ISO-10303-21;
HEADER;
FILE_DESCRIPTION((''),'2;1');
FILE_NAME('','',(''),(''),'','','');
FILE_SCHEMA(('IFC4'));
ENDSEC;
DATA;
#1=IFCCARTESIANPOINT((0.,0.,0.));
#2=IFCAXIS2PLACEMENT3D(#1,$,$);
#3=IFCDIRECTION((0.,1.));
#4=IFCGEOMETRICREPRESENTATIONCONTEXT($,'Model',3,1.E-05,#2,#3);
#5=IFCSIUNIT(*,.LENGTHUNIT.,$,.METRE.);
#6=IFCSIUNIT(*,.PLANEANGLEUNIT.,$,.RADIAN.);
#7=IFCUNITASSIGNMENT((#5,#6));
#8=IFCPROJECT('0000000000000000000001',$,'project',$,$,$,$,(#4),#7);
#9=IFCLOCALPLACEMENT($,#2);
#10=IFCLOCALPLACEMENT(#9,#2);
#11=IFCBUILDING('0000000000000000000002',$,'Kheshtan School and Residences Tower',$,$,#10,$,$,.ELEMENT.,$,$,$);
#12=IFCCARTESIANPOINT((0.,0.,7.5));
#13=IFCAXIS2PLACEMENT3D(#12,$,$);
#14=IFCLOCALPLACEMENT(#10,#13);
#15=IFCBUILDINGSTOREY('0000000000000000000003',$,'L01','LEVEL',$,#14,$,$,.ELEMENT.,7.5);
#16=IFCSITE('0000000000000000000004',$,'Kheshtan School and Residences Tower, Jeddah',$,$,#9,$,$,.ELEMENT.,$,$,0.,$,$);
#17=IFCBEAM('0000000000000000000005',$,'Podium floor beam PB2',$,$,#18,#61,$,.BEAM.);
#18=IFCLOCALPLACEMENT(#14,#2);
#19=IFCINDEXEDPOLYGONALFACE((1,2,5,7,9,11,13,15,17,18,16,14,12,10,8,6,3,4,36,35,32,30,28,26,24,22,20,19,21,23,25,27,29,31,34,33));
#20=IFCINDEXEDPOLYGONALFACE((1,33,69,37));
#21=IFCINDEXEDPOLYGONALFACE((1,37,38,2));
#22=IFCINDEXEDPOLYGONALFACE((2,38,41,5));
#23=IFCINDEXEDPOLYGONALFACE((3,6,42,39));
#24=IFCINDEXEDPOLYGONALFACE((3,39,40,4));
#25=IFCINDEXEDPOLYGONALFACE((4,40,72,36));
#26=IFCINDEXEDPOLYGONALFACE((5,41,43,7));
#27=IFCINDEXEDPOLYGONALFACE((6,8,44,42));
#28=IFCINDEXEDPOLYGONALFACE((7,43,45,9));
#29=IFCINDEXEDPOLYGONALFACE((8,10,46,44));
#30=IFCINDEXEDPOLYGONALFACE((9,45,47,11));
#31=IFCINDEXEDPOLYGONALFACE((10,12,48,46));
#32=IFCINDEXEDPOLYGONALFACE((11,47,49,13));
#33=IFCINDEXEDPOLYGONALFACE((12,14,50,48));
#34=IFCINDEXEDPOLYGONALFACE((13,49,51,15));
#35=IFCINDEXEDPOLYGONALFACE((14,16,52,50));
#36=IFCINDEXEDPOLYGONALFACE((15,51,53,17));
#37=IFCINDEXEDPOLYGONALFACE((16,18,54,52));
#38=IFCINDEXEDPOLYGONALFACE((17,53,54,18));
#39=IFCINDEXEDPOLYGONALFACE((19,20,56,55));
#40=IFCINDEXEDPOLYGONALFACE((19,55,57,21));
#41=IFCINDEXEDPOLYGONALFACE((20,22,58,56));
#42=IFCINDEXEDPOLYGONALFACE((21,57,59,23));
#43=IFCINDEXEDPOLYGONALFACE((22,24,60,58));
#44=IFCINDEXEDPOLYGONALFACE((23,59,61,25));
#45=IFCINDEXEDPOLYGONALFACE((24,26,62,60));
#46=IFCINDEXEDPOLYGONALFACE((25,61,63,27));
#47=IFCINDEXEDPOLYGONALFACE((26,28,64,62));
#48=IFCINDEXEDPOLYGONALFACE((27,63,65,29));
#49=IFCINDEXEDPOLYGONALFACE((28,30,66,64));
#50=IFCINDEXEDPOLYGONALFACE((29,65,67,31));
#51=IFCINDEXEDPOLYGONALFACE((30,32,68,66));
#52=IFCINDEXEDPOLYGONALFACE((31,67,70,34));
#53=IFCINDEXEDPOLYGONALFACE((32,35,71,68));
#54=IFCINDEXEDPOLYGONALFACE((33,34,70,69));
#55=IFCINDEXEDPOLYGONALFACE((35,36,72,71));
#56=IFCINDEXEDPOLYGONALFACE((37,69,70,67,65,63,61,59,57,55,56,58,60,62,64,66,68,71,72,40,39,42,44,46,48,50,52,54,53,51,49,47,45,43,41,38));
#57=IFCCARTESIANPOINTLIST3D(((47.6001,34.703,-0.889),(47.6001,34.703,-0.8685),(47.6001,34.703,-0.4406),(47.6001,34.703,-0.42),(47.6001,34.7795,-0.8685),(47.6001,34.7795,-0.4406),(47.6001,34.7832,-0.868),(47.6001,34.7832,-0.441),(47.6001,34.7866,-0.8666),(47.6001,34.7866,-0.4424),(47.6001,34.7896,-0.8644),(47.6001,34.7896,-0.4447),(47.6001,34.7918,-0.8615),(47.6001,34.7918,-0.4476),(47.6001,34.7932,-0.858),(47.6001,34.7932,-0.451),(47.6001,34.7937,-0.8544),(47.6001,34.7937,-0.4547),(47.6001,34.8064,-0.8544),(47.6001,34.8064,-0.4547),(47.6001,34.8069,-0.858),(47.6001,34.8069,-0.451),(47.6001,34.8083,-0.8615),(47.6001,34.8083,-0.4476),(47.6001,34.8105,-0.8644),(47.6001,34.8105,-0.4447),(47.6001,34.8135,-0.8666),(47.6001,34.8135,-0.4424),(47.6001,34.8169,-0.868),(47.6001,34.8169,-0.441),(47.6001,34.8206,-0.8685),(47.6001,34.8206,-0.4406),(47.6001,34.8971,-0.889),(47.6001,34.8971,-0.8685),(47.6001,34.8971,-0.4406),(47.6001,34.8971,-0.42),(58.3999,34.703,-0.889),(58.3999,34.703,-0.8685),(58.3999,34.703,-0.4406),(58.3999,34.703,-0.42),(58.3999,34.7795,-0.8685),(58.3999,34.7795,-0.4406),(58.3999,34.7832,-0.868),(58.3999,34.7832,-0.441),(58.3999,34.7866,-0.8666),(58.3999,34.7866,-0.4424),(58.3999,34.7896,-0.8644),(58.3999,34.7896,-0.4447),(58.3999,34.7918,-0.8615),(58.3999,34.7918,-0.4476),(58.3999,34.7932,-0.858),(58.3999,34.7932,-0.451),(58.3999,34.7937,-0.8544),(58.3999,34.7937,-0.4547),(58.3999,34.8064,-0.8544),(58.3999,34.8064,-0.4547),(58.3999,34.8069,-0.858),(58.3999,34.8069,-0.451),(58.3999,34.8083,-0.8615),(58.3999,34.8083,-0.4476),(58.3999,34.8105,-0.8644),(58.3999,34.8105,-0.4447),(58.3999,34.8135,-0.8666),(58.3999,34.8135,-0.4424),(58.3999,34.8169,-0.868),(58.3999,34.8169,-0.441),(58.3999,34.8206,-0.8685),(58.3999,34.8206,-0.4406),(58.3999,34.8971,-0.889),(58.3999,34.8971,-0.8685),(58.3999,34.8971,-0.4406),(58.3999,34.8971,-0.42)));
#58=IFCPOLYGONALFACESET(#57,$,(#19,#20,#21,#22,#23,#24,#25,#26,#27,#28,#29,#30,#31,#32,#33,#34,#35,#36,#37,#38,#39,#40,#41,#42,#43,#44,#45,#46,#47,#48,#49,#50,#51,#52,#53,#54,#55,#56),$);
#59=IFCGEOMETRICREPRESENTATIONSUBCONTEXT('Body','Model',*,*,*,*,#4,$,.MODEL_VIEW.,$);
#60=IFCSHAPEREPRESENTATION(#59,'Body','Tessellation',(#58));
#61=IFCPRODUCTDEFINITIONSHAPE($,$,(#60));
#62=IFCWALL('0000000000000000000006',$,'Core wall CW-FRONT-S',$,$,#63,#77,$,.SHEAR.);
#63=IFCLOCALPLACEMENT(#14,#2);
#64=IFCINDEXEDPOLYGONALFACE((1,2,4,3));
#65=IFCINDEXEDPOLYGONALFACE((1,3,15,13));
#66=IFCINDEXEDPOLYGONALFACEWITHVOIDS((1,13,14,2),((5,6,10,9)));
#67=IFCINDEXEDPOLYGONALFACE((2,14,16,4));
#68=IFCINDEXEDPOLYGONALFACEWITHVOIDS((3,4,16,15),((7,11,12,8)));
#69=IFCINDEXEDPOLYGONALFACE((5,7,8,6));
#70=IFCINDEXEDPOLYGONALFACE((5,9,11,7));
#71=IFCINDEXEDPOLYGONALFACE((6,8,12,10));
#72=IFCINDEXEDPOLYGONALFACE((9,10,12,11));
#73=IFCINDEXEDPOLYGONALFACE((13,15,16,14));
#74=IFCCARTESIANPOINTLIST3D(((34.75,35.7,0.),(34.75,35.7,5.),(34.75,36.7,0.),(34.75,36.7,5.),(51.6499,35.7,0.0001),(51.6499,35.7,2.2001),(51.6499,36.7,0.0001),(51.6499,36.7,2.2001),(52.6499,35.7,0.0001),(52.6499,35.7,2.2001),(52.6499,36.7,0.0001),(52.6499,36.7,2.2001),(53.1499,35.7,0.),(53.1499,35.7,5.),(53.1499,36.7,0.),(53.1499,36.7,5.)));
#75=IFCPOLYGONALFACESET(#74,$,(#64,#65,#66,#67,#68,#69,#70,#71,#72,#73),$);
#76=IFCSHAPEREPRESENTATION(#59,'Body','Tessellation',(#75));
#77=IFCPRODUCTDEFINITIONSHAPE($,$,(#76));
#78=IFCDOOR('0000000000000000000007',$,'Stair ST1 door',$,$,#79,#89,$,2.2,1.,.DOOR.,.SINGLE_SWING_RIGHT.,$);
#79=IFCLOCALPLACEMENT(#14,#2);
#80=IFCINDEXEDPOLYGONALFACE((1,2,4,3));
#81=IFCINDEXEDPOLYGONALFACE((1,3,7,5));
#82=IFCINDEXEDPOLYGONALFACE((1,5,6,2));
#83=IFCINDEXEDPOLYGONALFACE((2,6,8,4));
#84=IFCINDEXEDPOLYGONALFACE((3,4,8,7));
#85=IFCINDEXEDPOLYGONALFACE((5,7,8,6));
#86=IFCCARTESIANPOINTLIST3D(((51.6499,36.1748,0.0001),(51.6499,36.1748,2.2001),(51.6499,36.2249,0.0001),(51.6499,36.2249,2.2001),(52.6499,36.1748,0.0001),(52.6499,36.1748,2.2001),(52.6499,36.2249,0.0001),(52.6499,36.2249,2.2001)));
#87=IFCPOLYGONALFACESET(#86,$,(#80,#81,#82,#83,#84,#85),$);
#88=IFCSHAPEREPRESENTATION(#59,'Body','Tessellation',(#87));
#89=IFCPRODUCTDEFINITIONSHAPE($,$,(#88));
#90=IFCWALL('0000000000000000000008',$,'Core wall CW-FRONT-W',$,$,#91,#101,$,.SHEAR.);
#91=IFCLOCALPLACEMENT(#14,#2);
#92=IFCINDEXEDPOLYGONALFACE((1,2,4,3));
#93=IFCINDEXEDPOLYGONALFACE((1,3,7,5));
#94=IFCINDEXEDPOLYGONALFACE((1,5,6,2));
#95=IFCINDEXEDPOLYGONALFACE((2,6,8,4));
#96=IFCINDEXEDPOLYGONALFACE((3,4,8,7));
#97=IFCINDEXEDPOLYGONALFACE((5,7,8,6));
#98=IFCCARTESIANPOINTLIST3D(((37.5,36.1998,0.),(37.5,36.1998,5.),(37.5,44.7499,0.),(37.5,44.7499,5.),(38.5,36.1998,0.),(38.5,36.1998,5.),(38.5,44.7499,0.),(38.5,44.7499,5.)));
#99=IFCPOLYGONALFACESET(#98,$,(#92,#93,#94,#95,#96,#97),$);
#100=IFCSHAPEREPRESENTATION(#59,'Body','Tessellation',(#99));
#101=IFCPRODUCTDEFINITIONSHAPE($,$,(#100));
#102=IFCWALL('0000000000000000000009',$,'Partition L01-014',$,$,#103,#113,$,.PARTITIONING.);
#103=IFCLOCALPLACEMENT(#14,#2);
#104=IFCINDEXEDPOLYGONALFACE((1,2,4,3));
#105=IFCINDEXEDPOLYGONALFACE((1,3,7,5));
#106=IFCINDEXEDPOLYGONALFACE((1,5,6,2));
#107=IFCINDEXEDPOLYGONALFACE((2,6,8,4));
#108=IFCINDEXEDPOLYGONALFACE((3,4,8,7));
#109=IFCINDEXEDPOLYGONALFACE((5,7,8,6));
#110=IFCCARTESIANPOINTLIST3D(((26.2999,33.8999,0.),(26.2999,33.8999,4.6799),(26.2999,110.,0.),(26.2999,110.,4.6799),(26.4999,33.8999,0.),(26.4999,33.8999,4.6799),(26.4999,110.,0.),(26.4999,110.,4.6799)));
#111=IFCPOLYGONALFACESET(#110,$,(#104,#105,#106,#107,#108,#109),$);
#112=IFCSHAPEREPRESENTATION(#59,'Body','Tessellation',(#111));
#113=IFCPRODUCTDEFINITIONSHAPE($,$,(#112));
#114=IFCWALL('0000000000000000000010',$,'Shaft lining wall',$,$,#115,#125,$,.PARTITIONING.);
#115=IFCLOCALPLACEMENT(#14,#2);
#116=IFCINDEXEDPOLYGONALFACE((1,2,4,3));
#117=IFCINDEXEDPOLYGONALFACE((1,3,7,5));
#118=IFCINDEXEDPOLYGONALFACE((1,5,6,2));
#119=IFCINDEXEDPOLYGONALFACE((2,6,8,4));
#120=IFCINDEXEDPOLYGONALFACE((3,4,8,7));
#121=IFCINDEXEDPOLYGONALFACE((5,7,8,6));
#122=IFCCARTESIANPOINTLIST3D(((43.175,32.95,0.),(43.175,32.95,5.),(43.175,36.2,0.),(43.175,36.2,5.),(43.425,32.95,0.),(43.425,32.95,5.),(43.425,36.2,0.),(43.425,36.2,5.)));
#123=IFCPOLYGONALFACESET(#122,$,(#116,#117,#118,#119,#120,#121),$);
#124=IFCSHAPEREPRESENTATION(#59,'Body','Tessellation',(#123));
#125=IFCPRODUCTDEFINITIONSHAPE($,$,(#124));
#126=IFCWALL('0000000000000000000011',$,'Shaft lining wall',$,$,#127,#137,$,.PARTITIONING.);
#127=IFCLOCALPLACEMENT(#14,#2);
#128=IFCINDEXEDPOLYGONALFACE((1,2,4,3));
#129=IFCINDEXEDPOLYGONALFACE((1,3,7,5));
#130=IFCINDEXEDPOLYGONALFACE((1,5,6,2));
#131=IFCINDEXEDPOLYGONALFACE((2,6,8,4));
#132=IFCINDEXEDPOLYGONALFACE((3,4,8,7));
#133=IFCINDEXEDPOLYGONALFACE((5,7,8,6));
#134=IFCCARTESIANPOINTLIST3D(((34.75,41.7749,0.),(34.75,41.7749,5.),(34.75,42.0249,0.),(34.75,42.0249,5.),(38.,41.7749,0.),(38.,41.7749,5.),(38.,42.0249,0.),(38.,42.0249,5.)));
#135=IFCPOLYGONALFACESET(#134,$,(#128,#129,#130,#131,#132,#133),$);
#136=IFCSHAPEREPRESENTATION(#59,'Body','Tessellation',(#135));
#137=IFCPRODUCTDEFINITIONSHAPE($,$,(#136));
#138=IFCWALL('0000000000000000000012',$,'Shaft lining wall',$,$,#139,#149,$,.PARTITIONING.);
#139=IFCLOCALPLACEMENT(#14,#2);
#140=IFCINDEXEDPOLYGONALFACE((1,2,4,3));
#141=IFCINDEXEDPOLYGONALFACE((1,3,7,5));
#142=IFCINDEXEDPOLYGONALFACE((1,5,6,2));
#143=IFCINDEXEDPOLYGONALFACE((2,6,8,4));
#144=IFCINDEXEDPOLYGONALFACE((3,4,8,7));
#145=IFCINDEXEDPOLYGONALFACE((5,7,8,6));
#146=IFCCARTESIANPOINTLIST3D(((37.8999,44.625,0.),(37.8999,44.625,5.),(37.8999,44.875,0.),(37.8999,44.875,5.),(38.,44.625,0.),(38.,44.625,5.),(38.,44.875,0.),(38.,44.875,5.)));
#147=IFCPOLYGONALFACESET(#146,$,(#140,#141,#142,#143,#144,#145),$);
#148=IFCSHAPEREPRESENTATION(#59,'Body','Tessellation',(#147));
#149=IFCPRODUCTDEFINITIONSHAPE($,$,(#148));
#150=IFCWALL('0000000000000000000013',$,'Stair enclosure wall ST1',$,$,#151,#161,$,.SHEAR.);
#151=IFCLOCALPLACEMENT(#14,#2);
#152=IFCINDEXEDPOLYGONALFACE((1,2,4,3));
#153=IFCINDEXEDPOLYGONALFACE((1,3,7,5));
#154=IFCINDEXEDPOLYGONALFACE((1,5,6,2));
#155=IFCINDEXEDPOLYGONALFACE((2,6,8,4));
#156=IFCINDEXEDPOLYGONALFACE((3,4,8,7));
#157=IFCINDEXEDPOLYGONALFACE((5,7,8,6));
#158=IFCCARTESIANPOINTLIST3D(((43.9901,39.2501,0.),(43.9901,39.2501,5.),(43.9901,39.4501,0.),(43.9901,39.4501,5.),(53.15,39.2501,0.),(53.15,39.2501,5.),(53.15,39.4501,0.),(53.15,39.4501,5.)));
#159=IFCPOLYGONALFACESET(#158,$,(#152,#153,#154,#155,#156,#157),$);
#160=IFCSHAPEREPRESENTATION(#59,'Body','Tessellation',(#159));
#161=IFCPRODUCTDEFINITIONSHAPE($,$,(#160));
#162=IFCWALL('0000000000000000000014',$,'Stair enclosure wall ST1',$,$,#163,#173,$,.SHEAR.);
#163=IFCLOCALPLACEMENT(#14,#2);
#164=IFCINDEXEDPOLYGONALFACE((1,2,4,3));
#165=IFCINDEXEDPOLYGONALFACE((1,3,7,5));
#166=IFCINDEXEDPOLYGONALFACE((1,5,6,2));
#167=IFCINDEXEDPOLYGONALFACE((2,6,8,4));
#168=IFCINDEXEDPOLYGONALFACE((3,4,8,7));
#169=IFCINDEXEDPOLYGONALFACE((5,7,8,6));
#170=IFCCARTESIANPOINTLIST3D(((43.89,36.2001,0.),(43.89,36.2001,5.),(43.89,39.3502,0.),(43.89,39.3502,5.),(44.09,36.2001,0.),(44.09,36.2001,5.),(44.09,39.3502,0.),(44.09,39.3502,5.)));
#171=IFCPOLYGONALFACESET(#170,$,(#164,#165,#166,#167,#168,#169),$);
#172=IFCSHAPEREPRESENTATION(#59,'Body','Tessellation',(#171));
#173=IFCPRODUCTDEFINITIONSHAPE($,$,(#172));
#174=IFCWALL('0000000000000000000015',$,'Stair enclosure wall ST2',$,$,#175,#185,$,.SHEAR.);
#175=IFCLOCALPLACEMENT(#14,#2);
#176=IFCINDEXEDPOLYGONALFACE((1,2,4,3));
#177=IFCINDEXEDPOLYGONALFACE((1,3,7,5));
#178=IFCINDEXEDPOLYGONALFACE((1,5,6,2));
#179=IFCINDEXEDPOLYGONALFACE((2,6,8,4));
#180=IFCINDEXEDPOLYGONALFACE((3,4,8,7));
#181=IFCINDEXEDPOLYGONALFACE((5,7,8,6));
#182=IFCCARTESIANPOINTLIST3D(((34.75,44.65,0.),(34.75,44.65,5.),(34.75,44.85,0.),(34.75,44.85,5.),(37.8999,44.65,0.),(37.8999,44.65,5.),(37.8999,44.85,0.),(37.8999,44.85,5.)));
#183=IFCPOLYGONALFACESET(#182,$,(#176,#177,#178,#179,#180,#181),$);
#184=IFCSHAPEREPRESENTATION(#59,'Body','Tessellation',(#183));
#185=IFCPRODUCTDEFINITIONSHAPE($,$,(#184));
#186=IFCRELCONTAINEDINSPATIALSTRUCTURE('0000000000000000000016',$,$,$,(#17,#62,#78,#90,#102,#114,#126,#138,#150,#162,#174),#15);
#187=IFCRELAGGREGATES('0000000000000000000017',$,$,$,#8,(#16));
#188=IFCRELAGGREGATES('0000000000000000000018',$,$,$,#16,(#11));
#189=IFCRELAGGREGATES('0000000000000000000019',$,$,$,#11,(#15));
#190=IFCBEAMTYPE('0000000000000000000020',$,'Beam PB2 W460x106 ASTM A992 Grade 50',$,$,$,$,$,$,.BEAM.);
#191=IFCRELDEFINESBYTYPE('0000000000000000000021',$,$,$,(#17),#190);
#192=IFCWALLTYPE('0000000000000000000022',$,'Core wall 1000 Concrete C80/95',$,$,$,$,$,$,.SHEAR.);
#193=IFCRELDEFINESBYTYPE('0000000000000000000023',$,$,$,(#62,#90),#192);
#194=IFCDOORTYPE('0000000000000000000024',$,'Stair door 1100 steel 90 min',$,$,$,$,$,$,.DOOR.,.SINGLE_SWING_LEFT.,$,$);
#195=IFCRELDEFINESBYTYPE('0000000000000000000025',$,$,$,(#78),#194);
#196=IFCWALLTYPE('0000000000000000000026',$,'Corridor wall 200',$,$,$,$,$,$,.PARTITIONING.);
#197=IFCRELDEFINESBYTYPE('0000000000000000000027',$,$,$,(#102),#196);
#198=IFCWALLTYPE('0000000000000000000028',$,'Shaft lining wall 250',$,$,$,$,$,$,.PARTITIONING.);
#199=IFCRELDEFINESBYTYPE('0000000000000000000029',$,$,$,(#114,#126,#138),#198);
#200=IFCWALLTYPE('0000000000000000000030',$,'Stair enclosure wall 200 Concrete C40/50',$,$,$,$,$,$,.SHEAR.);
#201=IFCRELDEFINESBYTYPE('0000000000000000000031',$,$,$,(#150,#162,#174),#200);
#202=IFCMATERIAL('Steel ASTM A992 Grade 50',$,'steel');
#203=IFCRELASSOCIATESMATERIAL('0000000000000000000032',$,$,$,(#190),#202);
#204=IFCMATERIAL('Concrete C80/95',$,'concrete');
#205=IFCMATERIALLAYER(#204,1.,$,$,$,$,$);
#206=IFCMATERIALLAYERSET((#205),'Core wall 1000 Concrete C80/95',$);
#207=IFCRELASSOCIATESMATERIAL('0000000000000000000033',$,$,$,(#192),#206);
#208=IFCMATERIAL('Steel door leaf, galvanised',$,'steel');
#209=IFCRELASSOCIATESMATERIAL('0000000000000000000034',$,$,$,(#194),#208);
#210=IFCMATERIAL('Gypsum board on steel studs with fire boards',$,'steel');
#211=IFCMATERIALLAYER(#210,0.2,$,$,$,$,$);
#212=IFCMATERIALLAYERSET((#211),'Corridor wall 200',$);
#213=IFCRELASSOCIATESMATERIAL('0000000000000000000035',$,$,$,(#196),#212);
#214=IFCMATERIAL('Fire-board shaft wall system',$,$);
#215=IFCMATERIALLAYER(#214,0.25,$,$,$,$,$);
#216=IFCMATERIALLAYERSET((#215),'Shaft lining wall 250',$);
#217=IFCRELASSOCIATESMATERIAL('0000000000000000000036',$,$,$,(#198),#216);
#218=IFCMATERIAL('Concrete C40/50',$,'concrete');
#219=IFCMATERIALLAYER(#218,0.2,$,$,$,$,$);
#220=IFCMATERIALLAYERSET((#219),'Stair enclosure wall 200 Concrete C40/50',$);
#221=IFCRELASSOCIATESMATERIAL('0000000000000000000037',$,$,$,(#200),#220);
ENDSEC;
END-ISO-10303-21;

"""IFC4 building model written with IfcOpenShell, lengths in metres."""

from ifc_helpers import new_model, si_unit, direction, frame, frame_2d, origin, origin_2d, place, context, subcontext, project, spatial, rectangle, i_section, extrude, source, transform, mapped, material, layer, layer_set, material_profile, profile_set, type_object, element, fill, save


model = new_model("IFC4")

# Units and contexts
model_context = context("Model", 3, precision=1e-05, world=origin(), true_north=direction((0.0, 1.0)))
body_context = subcontext(model_context, "Body", "Model", "MODEL_VIEW")
ifc_project = project(units=[si_unit("LENGTHUNIT", "METRE"), si_unit("PLANEANGLEUNIT", "RADIAN")], contexts=[model_context])

# Site, building, storey
site_placement = place(None, origin())
site = spatial("IfcSite", under=ifc_project, at=site_placement, Name="Kheshtan School and Residences Tower, Jeddah", CompositionType="ELEMENT", RefElevation=0.0)
building_placement = place(site_placement, origin())
building = spatial("IfcBuilding", under=site, at=building_placement, Name="Kheshtan School and Residences Tower", CompositionType="ELEMENT")
storey_placement = place(building_placement, frame((0.0, 0.0, 7.5)))
storey = spatial("IfcBuildingStorey", under=building, at=storey_placement, Name="L01", Description="LEVEL", CompositionType="ELEMENT", Elevation=7.5)

# Shared definitions
ifc_material_1 = material(Name="Steel ASTM A992 Grade 50", Category="steel")

# Beam
ifc_material_profile_1 = material_profile(ifc_material_1, i_section(OverallWidth=0.1941, OverallDepth=0.469, WebThickness=0.0127, FlangeThickness=0.0205, FilletRadius=0.0142, at=origin_2d()), Name="W460x106")
ifc_profile_set_1 = profile_set([ifc_material_profile_1], Name="Steel ASTM A992 Grade 50")
beam_type = type_object("IfcBeamType", Name="Beam PB2 W460x106 ASTM A992 Grade 50", PredefinedType="BEAM", material=ifc_profile_set_1)
beam_1_placement = place(storey_placement, frame((47.6001, 34.8, -0.6545), z_axis=(1.0, 0.0, 0.0), x_axis=(0.0, 1.0, 0.0)))
element("IfcBeam", 1, at=beam_1_placement, inside=storey, type_object=beam_type, Name="Podium floor beam PB2", PredefinedType="BEAM", context=body_context, shape_type="SweptSolid", body=[
    extrude(i_section(OverallWidth=0.1941, OverallDepth=0.469, WebThickness=0.0127, FlangeThickness=0.0205, FilletRadius=0.0142, at=origin_2d()), origin(), (0.0, 0.0, 1.0), 10.7998),
])

# Wall, opening, door
ifc_material_2 = material(Name="Concrete C80/95", Category="concrete")
ifc_layer_1 = layer(ifc_material_2, 1.0)
ifc_layer_set_1 = layer_set([ifc_layer_1], Name="Core wall 1000 Concrete C80/95")
wall_type_1 = type_object("IfcWallType", Name="Core wall 1000 Concrete C80/95", PredefinedType="SHEAR", material=ifc_layer_set_1)
wall_1_placement = place(storey_placement, frame((34.75, 36.2, 0.0), z_axis=(0.0, 0.0, 1.0), x_axis=(1.0, 0.0, 0.0)))
wall_1 = element("IfcWall", 2, at=wall_1_placement, inside=storey, type_object=wall_type_1, Name="Core wall CW-FRONT-S", PredefinedType="SHEAR", context=body_context, shape_type="SweptSolid", body=[
    extrude(rectangle(XDim=18.3999, YDim=1.0, at=frame_2d((9.2, 0.0))), origin(), (0.0, 0.0, 1.0), 5.0),
])
opening_placement = place(wall_1_placement, frame((16.8999, 0.0, 0.0)))
opening = element("IfcOpeningElement", 3, at=opening_placement, cuts=wall_1, PredefinedType="OPENING", context=body_context, shape_type="SweptSolid", body=[
    extrude(rectangle(XDim=1.0, YDim=2.2, at=frame_2d((0.5, 1.1001))), frame((0.0, 0.51, 0.0), z_axis=(0.0, -1.0, 0.0), x_axis=(1.0, 0.0, 0.0)), (0.0, 0.0, 1.0), 1.02),
])
ifc_material_3 = material(Name="Steel door leaf, galvanised", Category="steel")
door_type = type_object("IfcDoorType", Name="Stair door 1100 steel 90 min", OperationType="SINGLE_SWING_LEFT", PredefinedType="DOOR", material=ifc_material_3)
shared_shape = source(origin(), body_context, "Body", "SweptSolid", [
    extrude(rectangle(XDim=1.0, YDim=2.2, at=frame_2d((0.5, 1.1001))), frame((0.0, 0.0249, 0.0), z_axis=(0.0, -1.0, 0.0), x_axis=(1.0, 0.0, 0.0)), (0.0, 0.0, 1.0), 0.05),
])
door_placement = place(opening_placement, origin())
door = element("IfcDoor", 4, at=door_placement, inside=storey, type_object=door_type, Name="Stair ST1 door", OperationType="SINGLE_SWING_RIGHT", OverallHeight=2.2, OverallWidth=1.0, PredefinedType="DOOR", context=body_context, shape_type="MappedRepresentation", body=[
    mapped(shared_shape, transform((0.0, 0.0, 0.0), x_axis=(1.0, 0.0, 0.0), y_axis=(0.0, 1.0, 0.0), z_axis=(0.0, 0.0, 1.0), scale=1.0)),
])
fill(opening, door)

# Walls
wall_2_placement = place(storey_placement, frame((38.0, 36.2, 0.0), z_axis=(0.0, 0.0, 1.0), x_axis=(0.0, 1.0, 0.0)))
element("IfcWall", 5, at=wall_2_placement, inside=storey, type_object=wall_type_1, Name="Core wall CW-FRONT-W", PredefinedType="SHEAR", context=body_context, shape_type="SweptSolid", body=[
    extrude(rectangle(XDim=8.55, YDim=1.0, at=frame_2d((4.2749, 0.0))), origin(), (0.0, 0.0, 1.0), 5.0),
])
ifc_material_4 = material(Name="Gypsum board on steel studs with fire boards", Category="steel")
ifc_layer_2 = layer(ifc_material_4, 0.2)
ifc_layer_set_2 = layer_set([ifc_layer_2], Name="Corridor wall 200")
wall_type_2 = type_object("IfcWallType", Name="Corridor wall 200", PredefinedType="PARTITIONING", material=ifc_layer_set_2)
wall_3_placement = place(storey_placement, frame((26.3999, 33.8999, 0.0), z_axis=(0.0, 0.0, 1.0), x_axis=(0.0, 1.0, 0.0)))
element("IfcWall", 6, at=wall_3_placement, inside=storey, type_object=wall_type_2, Name="Partition L01-014", PredefinedType="PARTITIONING", context=body_context, shape_type="SweptSolid", body=[
    extrude(rectangle(XDim=76.1001, YDim=0.2, at=frame_2d((38.05, 0.0))), origin(), (0.0, 0.0, 1.0), 4.6799),
])
ifc_material_5 = material(Name="Fire-board shaft wall system")
ifc_layer_3 = layer(ifc_material_5, 0.25)
ifc_layer_set_3 = layer_set([ifc_layer_3], Name="Shaft lining wall 250")
wall_type_3 = type_object("IfcWallType", Name="Shaft lining wall 250", PredefinedType="PARTITIONING", material=ifc_layer_set_3)
for number, where, z_axis, x_axis, name in (
    (7, (43.3, 32.95, 0.0), (0.0, 0.0, 1.0), (0.0, 1.0, 0.0), "Shaft lining wall"),
    (8, (34.75, 41.8999, 0.0), (0.0, 0.0, 1.0), (1.0, 0.0, 0.0), "Shaft lining wall"),
):
    element("IfcWall", number, at=place(storey_placement, frame(where, z_axis=z_axis, x_axis=x_axis)), inside=storey, type_object=wall_type_3, Name=name, PredefinedType="PARTITIONING", context=body_context, shape_type="SweptSolid", body=[
        extrude(rectangle(XDim=3.25, YDim=0.25, at=frame_2d((1.625, 0.0))), origin(), (0.0, 0.0, 1.0), 5.0),
    ])
wall_4_placement = place(storey_placement, frame((37.8999, 44.75, 0.0), z_axis=(0.0, 0.0, 1.0), x_axis=(1.0, 0.0, 0.0)))
element("IfcWall", 9, at=wall_4_placement, inside=storey, type_object=wall_type_3, Name="Shaft lining wall", PredefinedType="PARTITIONING", context=body_context, shape_type="SweptSolid", body=[
    extrude(rectangle(XDim=0.1001, YDim=0.25, at=frame_2d((0.05, 0.0))), origin(), (0.0, 0.0, 1.0), 5.0),
])
ifc_material_6 = material(Name="Concrete C40/50", Category="concrete")
ifc_layer_4 = layer(ifc_material_6, 0.2)
ifc_layer_set_4 = layer_set([ifc_layer_4], Name="Stair enclosure wall 200 Concrete C40/50")
wall_type_4 = type_object("IfcWallType", Name="Stair enclosure wall 200 Concrete C40/50", PredefinedType="SHEAR", material=ifc_layer_set_4)
wall_5_placement = place(storey_placement, frame((43.99, 39.3501, 0.0), z_axis=(0.0, 0.0, 1.0), x_axis=(1.0, 0.0, 0.0)))
element("IfcWall", 10, at=wall_5_placement, inside=storey, type_object=wall_type_4, Name="Stair enclosure wall ST1", PredefinedType="SHEAR", context=body_context, shape_type="SweptSolid", body=[
    extrude(rectangle(XDim=9.1599, YDim=0.2, at=frame_2d((4.5801, 0.0))), origin(), (0.0, 0.0, 1.0), 5.0),
])
wall_6_placement = place(storey_placement, frame((43.99, 36.2, 0.0), z_axis=(0.0, 0.0, 1.0), x_axis=(0.0, 1.0, 0.0)))
element("IfcWall", 11, at=wall_6_placement, inside=storey, type_object=wall_type_4, Name="Stair enclosure wall ST1", PredefinedType="SHEAR", context=body_context, shape_type="SweptSolid", body=[
    extrude(rectangle(XDim=3.1501, YDim=0.2, at=frame_2d((1.5752, 0.0))), origin(), (0.0, 0.0, 1.0), 5.0),
])
wall_7_placement = place(storey_placement, frame((34.75, 44.75, 0.0), z_axis=(0.0, 0.0, 1.0), x_axis=(1.0, 0.0, 0.0)))
element("IfcWall", 12, at=wall_7_placement, inside=storey, type_object=wall_type_4, Name="Stair enclosure wall ST2", PredefinedType="SHEAR", context=body_context, shape_type="SweptSolid", body=[
    extrude(rectangle(XDim=3.1499, YDim=0.2, at=frame_2d((1.575, 0.0))), origin(), (0.0, 0.0, 1.0), 5.0),
])

save(model, "model.ifc")
